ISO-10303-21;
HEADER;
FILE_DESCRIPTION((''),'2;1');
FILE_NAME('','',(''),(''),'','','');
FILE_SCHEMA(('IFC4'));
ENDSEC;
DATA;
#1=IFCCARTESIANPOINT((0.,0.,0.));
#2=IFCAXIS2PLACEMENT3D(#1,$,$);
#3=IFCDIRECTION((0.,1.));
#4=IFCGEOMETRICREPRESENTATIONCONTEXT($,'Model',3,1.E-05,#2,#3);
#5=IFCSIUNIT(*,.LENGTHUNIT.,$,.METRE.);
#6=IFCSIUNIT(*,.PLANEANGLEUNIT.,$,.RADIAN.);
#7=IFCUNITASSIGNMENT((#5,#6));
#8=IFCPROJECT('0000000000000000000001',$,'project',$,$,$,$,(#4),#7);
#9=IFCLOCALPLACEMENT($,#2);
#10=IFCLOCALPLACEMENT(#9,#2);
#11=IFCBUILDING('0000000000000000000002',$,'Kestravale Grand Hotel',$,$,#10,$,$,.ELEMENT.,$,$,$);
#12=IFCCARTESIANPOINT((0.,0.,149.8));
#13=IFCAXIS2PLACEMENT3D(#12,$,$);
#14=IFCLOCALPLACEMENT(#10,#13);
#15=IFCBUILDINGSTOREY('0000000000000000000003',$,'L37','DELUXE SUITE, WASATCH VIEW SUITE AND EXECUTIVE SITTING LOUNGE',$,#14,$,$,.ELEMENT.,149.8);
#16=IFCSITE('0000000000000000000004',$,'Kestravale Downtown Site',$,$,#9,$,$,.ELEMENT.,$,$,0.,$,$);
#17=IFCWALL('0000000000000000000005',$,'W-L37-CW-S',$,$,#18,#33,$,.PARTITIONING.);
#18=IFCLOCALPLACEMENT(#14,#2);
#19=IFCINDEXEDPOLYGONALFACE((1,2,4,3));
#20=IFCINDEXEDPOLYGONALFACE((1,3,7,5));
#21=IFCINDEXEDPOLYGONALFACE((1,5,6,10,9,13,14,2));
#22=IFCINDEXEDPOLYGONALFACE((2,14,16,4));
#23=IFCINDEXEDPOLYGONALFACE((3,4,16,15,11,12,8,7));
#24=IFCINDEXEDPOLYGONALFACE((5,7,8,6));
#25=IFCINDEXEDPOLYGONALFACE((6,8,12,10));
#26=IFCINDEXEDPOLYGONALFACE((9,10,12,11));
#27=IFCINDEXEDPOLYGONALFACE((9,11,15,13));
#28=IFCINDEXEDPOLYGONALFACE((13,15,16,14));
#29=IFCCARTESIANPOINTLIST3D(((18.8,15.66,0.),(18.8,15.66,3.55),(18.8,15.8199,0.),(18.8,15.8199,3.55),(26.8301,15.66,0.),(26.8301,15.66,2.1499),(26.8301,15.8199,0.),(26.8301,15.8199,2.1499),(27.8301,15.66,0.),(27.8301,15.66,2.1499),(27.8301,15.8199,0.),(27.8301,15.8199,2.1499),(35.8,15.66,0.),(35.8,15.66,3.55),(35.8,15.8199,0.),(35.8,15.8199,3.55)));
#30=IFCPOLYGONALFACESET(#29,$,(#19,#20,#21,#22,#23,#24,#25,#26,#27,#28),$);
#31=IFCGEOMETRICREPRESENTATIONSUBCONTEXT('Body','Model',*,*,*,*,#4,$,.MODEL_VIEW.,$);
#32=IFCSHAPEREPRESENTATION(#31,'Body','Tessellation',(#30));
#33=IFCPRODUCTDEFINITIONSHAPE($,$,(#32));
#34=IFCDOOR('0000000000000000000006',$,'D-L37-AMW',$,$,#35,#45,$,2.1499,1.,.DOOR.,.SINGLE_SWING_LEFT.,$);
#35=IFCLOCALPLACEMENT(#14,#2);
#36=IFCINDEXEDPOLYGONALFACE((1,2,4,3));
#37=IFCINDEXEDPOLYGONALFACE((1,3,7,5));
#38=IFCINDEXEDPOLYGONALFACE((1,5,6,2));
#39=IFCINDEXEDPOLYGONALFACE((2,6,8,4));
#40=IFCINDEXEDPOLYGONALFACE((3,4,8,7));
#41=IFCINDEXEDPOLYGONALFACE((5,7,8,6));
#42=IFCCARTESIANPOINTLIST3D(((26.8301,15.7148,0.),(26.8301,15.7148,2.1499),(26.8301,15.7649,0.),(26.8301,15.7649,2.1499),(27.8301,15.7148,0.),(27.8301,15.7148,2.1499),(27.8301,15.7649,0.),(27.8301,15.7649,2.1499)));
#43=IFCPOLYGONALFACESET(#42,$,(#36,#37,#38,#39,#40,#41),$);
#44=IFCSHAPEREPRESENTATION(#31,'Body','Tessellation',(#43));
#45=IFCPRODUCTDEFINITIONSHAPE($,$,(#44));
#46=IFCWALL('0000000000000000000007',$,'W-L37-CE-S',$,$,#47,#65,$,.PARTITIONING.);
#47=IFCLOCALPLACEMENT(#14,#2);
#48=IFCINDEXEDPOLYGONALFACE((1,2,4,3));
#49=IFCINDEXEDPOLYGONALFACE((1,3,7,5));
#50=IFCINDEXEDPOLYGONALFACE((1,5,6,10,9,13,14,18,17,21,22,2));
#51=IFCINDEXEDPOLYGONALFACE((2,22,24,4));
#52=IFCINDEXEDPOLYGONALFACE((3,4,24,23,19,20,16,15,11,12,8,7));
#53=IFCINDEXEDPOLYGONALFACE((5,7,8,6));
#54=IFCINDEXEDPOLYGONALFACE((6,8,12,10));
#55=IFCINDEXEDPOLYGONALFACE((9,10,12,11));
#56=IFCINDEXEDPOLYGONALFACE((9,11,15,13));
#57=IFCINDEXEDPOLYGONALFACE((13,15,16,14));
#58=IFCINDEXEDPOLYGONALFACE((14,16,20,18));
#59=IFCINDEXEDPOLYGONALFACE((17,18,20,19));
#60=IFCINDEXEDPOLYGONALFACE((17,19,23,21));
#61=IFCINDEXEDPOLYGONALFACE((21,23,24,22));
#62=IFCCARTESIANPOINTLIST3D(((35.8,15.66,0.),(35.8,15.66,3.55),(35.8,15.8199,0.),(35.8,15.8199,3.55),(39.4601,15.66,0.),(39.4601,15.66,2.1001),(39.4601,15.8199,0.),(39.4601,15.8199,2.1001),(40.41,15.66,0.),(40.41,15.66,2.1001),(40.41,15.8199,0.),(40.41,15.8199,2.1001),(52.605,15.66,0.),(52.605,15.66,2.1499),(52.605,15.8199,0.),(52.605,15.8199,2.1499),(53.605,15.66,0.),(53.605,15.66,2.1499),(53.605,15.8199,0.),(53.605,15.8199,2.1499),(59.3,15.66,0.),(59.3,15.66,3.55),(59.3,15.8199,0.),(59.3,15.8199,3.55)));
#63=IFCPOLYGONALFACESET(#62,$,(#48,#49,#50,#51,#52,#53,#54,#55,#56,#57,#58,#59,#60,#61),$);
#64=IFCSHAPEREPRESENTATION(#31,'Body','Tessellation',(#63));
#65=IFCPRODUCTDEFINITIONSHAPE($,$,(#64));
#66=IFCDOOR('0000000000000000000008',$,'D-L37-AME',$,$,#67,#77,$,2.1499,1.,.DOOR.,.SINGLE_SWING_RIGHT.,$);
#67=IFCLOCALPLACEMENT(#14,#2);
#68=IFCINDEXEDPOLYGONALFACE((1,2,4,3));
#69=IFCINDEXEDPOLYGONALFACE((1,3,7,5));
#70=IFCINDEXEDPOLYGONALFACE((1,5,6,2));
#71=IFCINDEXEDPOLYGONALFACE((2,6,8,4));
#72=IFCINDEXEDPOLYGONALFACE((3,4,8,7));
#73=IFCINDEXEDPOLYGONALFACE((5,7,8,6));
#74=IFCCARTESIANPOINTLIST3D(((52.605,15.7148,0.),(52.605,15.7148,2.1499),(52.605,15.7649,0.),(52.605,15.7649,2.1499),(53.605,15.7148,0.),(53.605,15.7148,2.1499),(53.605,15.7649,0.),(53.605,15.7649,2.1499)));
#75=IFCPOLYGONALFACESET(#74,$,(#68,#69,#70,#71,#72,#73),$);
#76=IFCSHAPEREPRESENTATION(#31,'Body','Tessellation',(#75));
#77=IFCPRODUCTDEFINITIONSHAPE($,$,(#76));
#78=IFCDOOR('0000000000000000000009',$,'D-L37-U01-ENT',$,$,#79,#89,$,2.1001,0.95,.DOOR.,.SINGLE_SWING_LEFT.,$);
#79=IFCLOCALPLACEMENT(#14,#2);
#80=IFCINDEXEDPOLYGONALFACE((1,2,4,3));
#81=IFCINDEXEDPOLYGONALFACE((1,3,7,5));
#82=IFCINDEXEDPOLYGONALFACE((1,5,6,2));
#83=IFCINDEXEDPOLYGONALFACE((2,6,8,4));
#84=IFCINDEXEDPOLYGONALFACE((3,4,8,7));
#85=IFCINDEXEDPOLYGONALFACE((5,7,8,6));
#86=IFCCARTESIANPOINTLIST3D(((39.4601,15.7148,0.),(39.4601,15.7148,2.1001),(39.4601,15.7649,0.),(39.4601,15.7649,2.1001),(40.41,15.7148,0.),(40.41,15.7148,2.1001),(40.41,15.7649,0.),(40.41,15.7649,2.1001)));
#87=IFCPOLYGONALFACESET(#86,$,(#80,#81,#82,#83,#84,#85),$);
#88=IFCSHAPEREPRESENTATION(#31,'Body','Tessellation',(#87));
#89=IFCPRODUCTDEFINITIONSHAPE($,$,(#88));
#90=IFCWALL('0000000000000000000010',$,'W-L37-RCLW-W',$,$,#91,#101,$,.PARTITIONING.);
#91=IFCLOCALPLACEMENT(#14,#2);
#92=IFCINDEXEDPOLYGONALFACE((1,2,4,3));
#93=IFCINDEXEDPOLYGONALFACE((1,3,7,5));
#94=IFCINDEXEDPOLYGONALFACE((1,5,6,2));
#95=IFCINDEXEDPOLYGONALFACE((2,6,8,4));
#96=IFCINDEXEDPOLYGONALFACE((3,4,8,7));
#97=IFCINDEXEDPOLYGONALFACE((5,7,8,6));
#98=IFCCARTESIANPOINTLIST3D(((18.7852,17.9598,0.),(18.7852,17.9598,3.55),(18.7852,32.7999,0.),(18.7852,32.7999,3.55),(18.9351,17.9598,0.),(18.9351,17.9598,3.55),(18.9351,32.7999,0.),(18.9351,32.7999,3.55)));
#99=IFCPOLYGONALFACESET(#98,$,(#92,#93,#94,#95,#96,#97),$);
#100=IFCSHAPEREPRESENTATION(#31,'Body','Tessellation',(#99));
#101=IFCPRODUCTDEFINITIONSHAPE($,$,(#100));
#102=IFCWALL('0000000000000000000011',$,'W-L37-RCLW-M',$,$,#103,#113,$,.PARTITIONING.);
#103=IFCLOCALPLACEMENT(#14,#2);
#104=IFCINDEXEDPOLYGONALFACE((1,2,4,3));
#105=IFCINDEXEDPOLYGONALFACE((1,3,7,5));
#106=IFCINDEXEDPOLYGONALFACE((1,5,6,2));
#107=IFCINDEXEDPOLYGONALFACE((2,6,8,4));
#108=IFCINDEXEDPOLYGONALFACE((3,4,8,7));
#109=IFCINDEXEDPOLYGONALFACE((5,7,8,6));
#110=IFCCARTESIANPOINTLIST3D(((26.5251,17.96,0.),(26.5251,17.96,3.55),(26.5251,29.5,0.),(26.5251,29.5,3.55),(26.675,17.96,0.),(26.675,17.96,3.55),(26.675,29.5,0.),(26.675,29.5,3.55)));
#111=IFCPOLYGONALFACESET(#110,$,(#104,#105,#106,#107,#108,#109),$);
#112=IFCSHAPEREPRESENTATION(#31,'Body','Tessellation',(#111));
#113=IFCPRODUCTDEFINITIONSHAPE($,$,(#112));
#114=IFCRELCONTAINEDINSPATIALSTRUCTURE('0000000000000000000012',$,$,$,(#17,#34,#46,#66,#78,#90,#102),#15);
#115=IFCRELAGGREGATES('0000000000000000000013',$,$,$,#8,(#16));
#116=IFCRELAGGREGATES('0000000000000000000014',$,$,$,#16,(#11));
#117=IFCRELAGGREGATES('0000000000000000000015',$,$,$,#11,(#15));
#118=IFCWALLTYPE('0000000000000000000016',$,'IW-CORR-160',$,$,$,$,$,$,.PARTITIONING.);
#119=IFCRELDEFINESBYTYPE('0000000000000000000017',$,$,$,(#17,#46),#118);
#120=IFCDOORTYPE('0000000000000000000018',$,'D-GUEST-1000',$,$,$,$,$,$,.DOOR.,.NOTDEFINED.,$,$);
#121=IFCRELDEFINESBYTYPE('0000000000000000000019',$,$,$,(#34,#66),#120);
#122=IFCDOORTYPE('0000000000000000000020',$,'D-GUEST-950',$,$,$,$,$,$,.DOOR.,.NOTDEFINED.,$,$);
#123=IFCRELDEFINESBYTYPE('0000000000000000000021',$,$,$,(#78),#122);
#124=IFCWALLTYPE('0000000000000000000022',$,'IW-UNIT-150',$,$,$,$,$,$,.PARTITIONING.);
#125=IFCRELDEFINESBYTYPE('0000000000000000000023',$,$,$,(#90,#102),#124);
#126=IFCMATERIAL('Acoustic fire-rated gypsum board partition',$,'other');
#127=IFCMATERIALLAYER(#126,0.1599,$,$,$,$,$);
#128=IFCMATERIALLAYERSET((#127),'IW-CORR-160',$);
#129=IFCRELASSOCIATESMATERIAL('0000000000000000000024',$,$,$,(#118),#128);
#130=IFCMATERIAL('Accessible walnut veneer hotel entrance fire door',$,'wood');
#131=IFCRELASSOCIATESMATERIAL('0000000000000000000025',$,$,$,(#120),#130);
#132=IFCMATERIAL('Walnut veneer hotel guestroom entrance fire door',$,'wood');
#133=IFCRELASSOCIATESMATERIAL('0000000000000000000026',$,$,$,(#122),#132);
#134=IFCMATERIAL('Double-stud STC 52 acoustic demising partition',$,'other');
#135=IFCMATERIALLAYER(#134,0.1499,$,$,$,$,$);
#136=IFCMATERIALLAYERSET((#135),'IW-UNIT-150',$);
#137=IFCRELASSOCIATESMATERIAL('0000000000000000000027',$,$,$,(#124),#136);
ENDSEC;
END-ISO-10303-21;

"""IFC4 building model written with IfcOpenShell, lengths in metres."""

from ifc_helpers import new_model, si_unit, direction, frame, frame_2d, origin, place, context, subcontext, project, spatial, rectangle, extrude, material, layer, layer_set, type_object, element, fill, save


model = new_model("IFC4")

# Units and contexts
model_context = context("Model", 3, precision=1e-05, world=origin(), true_north=direction((0.0, 1.0)))
body_context = subcontext(model_context, "Body", "Model", "MODEL_VIEW")
ifc_project = project(units=[si_unit("LENGTHUNIT", "METRE"), si_unit("PLANEANGLEUNIT", "RADIAN")], contexts=[model_context])

# Site, building, storey
site_placement = place(None, origin())
site = spatial("IfcSite", under=ifc_project, at=site_placement, Name="Kestravale Downtown Site", CompositionType="ELEMENT", RefElevation=0.0)
building_placement = place(site_placement, origin())
building = spatial("IfcBuilding", under=site, at=building_placement, Name="Kestravale Grand Hotel", CompositionType="ELEMENT")
storey_placement = place(building_placement, frame((0.0, 0.0, 149.8)))
storey = spatial("IfcBuildingStorey", under=building, at=storey_placement, Name="L37", Description="DELUXE SUITE, WASATCH VIEW SUITE AND EXECUTIVE SITTING LOUNGE", CompositionType="ELEMENT", Elevation=149.8)

# Shared definitions
ifc_material_1 = material(Name="Acoustic fire-rated gypsum board partition", Category="other")
ifc_layer_1 = layer(ifc_material_1, 0.1599)
ifc_layer_set_1 = layer_set([ifc_layer_1], Name="IW-CORR-160")
wall_type_1 = type_object("IfcWallType", Name="IW-CORR-160", PredefinedType="PARTITIONING", material=ifc_layer_set_1)
ifc_material_2 = material(Name="Accessible walnut veneer hotel entrance fire door", Category="wood")
door_type_1 = type_object("IfcDoorType", Name="D-GUEST-1000", OperationType="NOTDEFINED", PredefinedType="DOOR", material=ifc_material_2)

# Wall, opening, door
wall_1_placement = place(storey_placement, frame((18.8, 15.74, 0.0), z_axis=(0.0, 0.0, 1.0), x_axis=(1.0, 0.0, 0.0)))
wall_1 = element("IfcWall", 1, at=wall_1_placement, inside=storey, type_object=wall_type_1, Name="W-L37-CW-S", PredefinedType="PARTITIONING", context=body_context, shape_type="SweptSolid", body=[
    extrude(rectangle(XDim=17.0, YDim=0.1599, at=frame_2d((8.5, 0.0))), origin(), (0.0, 0.0, 1.0), 3.55),
])
opening_1_placement = place(wall_1_placement, frame((8.03, 0.0, 0.0)))
opening_1 = element("IfcOpeningElement", 2, at=opening_1_placement, cuts=wall_1, PredefinedType="OPENING", context=body_context, shape_type="SweptSolid", body=[
    extrude(rectangle(XDim=1.0, YDim=2.1499, at=frame_2d((0.5, 1.075))), frame((0.0, 0.0898, 0.0), z_axis=(0.0, -1.0, 0.0), x_axis=(1.0, 0.0, 0.0)), (0.0, 0.0, 1.0), 0.1799),
])
door_1_placement = place(opening_1_placement, origin())
door_1 = element("IfcDoor", 3, at=door_1_placement, inside=storey, type_object=door_type_1, Name="D-L37-AMW", OperationType="SINGLE_SWING_LEFT", OverallHeight=2.1499, OverallWidth=1.0, PredefinedType="DOOR", context=body_context, shape_type="SweptSolid", body=[
    extrude(rectangle(XDim=1.0, YDim=2.1499, at=frame_2d((0.5, 1.075))), frame((0.0, 0.0249, 0.0), z_axis=(0.0, -1.0, 0.0), x_axis=(1.0, 0.0, 0.0)), (0.0, 0.0, 1.0), 0.05),
])
fill(opening_1, door_1)

# Wall, openings, doors
wall_2_placement = place(storey_placement, frame((35.8, 15.74, 0.0), z_axis=(0.0, 0.0, 1.0), x_axis=(1.0, 0.0, 0.0)))
wall_2 = element("IfcWall", 4, at=wall_2_placement, inside=storey, type_object=wall_type_1, Name="W-L37-CE-S", PredefinedType="PARTITIONING", context=body_context, shape_type="SweptSolid", body=[
    extrude(rectangle(XDim=23.5, YDim=0.1599, at=frame_2d((11.75, 0.0))), origin(), (0.0, 0.0, 1.0), 3.55),
])
opening_2_placement = place(wall_2_placement, frame((3.6599, 0.0, 0.0)))
opening_2 = element("IfcOpeningElement", 5, at=opening_2_placement, cuts=wall_2, PredefinedType="OPENING", context=body_context, shape_type="SweptSolid", body=[
    extrude(rectangle(XDim=0.95, YDim=2.1001, at=frame_2d((0.4751, 1.05))), frame((0.0, 0.0898, 0.0), z_axis=(0.0, -1.0, 0.0), x_axis=(1.0, 0.0, 0.0)), (0.0, 0.0, 1.0), 0.1799),
])
opening_3_placement = place(wall_2_placement, frame((16.8049, 0.0, 0.0)))
opening_3 = element("IfcOpeningElement", 6, at=opening_3_placement, cuts=wall_2, PredefinedType="OPENING", context=body_context, shape_type="SweptSolid", body=[
    extrude(rectangle(XDim=1.0, YDim=2.1499, at=frame_2d((0.5, 1.075))), frame((0.0, 0.0898, 0.0), z_axis=(0.0, -1.0, 0.0), x_axis=(1.0, 0.0, 0.0)), (0.0, 0.0, 1.0), 0.1799),
])
door_2_placement = place(opening_3_placement, origin())
door_2 = element("IfcDoor", 7, at=door_2_placement, inside=storey, type_object=door_type_1, Name="D-L37-AME", OperationType="SINGLE_SWING_RIGHT", OverallHeight=2.1499, OverallWidth=1.0, PredefinedType="DOOR", context=body_context, shape_type="SweptSolid", body=[
    extrude(rectangle(XDim=1.0, YDim=2.1499, at=frame_2d((0.5, 1.075))), frame((0.0, 0.0249, 0.0), z_axis=(0.0, -1.0, 0.0), x_axis=(1.0, 0.0, 0.0)), (0.0, 0.0, 1.0), 0.05),
])
fill(opening_3, door_2)
ifc_material_3 = material(Name="Walnut veneer hotel guestroom entrance fire door", Category="wood")
door_type_2 = type_object("IfcDoorType", Name="D-GUEST-950", OperationType="NOTDEFINED", PredefinedType="DOOR", material=ifc_material_3)
door_3_placement = place(opening_2_placement, origin())
door_3 = element("IfcDoor", 8, at=door_3_placement, inside=storey, type_object=door_type_2, Name="D-L37-U01-ENT", OperationType="SINGLE_SWING_LEFT", OverallHeight=2.1001, OverallWidth=0.95, PredefinedType="DOOR", context=body_context, shape_type="SweptSolid", body=[
    extrude(rectangle(XDim=0.95, YDim=2.1001, at=frame_2d((0.4751, 1.05))), frame((0.0, 0.0249, 0.0), z_axis=(0.0, -1.0, 0.0), x_axis=(1.0, 0.0, 0.0)), (0.0, 0.0, 1.0), 0.05),
])
fill(opening_2, door_3)

# Walls
ifc_material_4 = material(Name="Double-stud STC 52 acoustic demising partition", Category="other")
ifc_layer_2 = layer(ifc_material_4, 0.1499)
ifc_layer_set_2 = layer_set([ifc_layer_2], Name="IW-UNIT-150")
wall_type_2 = type_object("IfcWallType", Name="IW-UNIT-150", PredefinedType="PARTITIONING", material=ifc_layer_set_2)
wall_3_placement = place(storey_placement, frame((18.8601, 17.96, 0.0), z_axis=(0.0, 0.0, 1.0), x_axis=(0.0, 1.0, 0.0)))
element("IfcWall", 9, at=wall_3_placement, inside=storey, type_object=wall_type_2, Name="W-L37-RCLW-W", PredefinedType="PARTITIONING", context=body_context, shape_type="SweptSolid", body=[
    extrude(rectangle(XDim=14.8401, YDim=0.1499, at=frame_2d((7.4199, 0.0))), origin(), (0.0, 0.0, 1.0), 3.55),
])
wall_4_placement = place(storey_placement, frame((26.6001, 17.96, 0.0), z_axis=(0.0, 0.0, 1.0), x_axis=(0.0, 1.0, 0.0)))
element("IfcWall", 10, at=wall_4_placement, inside=storey, type_object=wall_type_2, Name="W-L37-RCLW-M", PredefinedType="PARTITIONING", context=body_context, shape_type="SweptSolid", body=[
    extrude(rectangle(XDim=11.54, YDim=0.1499, at=frame_2d((5.77, 0.0))), origin(), (0.0, 0.0, 1.0), 3.55),
])

save(model, "model.ifc")
